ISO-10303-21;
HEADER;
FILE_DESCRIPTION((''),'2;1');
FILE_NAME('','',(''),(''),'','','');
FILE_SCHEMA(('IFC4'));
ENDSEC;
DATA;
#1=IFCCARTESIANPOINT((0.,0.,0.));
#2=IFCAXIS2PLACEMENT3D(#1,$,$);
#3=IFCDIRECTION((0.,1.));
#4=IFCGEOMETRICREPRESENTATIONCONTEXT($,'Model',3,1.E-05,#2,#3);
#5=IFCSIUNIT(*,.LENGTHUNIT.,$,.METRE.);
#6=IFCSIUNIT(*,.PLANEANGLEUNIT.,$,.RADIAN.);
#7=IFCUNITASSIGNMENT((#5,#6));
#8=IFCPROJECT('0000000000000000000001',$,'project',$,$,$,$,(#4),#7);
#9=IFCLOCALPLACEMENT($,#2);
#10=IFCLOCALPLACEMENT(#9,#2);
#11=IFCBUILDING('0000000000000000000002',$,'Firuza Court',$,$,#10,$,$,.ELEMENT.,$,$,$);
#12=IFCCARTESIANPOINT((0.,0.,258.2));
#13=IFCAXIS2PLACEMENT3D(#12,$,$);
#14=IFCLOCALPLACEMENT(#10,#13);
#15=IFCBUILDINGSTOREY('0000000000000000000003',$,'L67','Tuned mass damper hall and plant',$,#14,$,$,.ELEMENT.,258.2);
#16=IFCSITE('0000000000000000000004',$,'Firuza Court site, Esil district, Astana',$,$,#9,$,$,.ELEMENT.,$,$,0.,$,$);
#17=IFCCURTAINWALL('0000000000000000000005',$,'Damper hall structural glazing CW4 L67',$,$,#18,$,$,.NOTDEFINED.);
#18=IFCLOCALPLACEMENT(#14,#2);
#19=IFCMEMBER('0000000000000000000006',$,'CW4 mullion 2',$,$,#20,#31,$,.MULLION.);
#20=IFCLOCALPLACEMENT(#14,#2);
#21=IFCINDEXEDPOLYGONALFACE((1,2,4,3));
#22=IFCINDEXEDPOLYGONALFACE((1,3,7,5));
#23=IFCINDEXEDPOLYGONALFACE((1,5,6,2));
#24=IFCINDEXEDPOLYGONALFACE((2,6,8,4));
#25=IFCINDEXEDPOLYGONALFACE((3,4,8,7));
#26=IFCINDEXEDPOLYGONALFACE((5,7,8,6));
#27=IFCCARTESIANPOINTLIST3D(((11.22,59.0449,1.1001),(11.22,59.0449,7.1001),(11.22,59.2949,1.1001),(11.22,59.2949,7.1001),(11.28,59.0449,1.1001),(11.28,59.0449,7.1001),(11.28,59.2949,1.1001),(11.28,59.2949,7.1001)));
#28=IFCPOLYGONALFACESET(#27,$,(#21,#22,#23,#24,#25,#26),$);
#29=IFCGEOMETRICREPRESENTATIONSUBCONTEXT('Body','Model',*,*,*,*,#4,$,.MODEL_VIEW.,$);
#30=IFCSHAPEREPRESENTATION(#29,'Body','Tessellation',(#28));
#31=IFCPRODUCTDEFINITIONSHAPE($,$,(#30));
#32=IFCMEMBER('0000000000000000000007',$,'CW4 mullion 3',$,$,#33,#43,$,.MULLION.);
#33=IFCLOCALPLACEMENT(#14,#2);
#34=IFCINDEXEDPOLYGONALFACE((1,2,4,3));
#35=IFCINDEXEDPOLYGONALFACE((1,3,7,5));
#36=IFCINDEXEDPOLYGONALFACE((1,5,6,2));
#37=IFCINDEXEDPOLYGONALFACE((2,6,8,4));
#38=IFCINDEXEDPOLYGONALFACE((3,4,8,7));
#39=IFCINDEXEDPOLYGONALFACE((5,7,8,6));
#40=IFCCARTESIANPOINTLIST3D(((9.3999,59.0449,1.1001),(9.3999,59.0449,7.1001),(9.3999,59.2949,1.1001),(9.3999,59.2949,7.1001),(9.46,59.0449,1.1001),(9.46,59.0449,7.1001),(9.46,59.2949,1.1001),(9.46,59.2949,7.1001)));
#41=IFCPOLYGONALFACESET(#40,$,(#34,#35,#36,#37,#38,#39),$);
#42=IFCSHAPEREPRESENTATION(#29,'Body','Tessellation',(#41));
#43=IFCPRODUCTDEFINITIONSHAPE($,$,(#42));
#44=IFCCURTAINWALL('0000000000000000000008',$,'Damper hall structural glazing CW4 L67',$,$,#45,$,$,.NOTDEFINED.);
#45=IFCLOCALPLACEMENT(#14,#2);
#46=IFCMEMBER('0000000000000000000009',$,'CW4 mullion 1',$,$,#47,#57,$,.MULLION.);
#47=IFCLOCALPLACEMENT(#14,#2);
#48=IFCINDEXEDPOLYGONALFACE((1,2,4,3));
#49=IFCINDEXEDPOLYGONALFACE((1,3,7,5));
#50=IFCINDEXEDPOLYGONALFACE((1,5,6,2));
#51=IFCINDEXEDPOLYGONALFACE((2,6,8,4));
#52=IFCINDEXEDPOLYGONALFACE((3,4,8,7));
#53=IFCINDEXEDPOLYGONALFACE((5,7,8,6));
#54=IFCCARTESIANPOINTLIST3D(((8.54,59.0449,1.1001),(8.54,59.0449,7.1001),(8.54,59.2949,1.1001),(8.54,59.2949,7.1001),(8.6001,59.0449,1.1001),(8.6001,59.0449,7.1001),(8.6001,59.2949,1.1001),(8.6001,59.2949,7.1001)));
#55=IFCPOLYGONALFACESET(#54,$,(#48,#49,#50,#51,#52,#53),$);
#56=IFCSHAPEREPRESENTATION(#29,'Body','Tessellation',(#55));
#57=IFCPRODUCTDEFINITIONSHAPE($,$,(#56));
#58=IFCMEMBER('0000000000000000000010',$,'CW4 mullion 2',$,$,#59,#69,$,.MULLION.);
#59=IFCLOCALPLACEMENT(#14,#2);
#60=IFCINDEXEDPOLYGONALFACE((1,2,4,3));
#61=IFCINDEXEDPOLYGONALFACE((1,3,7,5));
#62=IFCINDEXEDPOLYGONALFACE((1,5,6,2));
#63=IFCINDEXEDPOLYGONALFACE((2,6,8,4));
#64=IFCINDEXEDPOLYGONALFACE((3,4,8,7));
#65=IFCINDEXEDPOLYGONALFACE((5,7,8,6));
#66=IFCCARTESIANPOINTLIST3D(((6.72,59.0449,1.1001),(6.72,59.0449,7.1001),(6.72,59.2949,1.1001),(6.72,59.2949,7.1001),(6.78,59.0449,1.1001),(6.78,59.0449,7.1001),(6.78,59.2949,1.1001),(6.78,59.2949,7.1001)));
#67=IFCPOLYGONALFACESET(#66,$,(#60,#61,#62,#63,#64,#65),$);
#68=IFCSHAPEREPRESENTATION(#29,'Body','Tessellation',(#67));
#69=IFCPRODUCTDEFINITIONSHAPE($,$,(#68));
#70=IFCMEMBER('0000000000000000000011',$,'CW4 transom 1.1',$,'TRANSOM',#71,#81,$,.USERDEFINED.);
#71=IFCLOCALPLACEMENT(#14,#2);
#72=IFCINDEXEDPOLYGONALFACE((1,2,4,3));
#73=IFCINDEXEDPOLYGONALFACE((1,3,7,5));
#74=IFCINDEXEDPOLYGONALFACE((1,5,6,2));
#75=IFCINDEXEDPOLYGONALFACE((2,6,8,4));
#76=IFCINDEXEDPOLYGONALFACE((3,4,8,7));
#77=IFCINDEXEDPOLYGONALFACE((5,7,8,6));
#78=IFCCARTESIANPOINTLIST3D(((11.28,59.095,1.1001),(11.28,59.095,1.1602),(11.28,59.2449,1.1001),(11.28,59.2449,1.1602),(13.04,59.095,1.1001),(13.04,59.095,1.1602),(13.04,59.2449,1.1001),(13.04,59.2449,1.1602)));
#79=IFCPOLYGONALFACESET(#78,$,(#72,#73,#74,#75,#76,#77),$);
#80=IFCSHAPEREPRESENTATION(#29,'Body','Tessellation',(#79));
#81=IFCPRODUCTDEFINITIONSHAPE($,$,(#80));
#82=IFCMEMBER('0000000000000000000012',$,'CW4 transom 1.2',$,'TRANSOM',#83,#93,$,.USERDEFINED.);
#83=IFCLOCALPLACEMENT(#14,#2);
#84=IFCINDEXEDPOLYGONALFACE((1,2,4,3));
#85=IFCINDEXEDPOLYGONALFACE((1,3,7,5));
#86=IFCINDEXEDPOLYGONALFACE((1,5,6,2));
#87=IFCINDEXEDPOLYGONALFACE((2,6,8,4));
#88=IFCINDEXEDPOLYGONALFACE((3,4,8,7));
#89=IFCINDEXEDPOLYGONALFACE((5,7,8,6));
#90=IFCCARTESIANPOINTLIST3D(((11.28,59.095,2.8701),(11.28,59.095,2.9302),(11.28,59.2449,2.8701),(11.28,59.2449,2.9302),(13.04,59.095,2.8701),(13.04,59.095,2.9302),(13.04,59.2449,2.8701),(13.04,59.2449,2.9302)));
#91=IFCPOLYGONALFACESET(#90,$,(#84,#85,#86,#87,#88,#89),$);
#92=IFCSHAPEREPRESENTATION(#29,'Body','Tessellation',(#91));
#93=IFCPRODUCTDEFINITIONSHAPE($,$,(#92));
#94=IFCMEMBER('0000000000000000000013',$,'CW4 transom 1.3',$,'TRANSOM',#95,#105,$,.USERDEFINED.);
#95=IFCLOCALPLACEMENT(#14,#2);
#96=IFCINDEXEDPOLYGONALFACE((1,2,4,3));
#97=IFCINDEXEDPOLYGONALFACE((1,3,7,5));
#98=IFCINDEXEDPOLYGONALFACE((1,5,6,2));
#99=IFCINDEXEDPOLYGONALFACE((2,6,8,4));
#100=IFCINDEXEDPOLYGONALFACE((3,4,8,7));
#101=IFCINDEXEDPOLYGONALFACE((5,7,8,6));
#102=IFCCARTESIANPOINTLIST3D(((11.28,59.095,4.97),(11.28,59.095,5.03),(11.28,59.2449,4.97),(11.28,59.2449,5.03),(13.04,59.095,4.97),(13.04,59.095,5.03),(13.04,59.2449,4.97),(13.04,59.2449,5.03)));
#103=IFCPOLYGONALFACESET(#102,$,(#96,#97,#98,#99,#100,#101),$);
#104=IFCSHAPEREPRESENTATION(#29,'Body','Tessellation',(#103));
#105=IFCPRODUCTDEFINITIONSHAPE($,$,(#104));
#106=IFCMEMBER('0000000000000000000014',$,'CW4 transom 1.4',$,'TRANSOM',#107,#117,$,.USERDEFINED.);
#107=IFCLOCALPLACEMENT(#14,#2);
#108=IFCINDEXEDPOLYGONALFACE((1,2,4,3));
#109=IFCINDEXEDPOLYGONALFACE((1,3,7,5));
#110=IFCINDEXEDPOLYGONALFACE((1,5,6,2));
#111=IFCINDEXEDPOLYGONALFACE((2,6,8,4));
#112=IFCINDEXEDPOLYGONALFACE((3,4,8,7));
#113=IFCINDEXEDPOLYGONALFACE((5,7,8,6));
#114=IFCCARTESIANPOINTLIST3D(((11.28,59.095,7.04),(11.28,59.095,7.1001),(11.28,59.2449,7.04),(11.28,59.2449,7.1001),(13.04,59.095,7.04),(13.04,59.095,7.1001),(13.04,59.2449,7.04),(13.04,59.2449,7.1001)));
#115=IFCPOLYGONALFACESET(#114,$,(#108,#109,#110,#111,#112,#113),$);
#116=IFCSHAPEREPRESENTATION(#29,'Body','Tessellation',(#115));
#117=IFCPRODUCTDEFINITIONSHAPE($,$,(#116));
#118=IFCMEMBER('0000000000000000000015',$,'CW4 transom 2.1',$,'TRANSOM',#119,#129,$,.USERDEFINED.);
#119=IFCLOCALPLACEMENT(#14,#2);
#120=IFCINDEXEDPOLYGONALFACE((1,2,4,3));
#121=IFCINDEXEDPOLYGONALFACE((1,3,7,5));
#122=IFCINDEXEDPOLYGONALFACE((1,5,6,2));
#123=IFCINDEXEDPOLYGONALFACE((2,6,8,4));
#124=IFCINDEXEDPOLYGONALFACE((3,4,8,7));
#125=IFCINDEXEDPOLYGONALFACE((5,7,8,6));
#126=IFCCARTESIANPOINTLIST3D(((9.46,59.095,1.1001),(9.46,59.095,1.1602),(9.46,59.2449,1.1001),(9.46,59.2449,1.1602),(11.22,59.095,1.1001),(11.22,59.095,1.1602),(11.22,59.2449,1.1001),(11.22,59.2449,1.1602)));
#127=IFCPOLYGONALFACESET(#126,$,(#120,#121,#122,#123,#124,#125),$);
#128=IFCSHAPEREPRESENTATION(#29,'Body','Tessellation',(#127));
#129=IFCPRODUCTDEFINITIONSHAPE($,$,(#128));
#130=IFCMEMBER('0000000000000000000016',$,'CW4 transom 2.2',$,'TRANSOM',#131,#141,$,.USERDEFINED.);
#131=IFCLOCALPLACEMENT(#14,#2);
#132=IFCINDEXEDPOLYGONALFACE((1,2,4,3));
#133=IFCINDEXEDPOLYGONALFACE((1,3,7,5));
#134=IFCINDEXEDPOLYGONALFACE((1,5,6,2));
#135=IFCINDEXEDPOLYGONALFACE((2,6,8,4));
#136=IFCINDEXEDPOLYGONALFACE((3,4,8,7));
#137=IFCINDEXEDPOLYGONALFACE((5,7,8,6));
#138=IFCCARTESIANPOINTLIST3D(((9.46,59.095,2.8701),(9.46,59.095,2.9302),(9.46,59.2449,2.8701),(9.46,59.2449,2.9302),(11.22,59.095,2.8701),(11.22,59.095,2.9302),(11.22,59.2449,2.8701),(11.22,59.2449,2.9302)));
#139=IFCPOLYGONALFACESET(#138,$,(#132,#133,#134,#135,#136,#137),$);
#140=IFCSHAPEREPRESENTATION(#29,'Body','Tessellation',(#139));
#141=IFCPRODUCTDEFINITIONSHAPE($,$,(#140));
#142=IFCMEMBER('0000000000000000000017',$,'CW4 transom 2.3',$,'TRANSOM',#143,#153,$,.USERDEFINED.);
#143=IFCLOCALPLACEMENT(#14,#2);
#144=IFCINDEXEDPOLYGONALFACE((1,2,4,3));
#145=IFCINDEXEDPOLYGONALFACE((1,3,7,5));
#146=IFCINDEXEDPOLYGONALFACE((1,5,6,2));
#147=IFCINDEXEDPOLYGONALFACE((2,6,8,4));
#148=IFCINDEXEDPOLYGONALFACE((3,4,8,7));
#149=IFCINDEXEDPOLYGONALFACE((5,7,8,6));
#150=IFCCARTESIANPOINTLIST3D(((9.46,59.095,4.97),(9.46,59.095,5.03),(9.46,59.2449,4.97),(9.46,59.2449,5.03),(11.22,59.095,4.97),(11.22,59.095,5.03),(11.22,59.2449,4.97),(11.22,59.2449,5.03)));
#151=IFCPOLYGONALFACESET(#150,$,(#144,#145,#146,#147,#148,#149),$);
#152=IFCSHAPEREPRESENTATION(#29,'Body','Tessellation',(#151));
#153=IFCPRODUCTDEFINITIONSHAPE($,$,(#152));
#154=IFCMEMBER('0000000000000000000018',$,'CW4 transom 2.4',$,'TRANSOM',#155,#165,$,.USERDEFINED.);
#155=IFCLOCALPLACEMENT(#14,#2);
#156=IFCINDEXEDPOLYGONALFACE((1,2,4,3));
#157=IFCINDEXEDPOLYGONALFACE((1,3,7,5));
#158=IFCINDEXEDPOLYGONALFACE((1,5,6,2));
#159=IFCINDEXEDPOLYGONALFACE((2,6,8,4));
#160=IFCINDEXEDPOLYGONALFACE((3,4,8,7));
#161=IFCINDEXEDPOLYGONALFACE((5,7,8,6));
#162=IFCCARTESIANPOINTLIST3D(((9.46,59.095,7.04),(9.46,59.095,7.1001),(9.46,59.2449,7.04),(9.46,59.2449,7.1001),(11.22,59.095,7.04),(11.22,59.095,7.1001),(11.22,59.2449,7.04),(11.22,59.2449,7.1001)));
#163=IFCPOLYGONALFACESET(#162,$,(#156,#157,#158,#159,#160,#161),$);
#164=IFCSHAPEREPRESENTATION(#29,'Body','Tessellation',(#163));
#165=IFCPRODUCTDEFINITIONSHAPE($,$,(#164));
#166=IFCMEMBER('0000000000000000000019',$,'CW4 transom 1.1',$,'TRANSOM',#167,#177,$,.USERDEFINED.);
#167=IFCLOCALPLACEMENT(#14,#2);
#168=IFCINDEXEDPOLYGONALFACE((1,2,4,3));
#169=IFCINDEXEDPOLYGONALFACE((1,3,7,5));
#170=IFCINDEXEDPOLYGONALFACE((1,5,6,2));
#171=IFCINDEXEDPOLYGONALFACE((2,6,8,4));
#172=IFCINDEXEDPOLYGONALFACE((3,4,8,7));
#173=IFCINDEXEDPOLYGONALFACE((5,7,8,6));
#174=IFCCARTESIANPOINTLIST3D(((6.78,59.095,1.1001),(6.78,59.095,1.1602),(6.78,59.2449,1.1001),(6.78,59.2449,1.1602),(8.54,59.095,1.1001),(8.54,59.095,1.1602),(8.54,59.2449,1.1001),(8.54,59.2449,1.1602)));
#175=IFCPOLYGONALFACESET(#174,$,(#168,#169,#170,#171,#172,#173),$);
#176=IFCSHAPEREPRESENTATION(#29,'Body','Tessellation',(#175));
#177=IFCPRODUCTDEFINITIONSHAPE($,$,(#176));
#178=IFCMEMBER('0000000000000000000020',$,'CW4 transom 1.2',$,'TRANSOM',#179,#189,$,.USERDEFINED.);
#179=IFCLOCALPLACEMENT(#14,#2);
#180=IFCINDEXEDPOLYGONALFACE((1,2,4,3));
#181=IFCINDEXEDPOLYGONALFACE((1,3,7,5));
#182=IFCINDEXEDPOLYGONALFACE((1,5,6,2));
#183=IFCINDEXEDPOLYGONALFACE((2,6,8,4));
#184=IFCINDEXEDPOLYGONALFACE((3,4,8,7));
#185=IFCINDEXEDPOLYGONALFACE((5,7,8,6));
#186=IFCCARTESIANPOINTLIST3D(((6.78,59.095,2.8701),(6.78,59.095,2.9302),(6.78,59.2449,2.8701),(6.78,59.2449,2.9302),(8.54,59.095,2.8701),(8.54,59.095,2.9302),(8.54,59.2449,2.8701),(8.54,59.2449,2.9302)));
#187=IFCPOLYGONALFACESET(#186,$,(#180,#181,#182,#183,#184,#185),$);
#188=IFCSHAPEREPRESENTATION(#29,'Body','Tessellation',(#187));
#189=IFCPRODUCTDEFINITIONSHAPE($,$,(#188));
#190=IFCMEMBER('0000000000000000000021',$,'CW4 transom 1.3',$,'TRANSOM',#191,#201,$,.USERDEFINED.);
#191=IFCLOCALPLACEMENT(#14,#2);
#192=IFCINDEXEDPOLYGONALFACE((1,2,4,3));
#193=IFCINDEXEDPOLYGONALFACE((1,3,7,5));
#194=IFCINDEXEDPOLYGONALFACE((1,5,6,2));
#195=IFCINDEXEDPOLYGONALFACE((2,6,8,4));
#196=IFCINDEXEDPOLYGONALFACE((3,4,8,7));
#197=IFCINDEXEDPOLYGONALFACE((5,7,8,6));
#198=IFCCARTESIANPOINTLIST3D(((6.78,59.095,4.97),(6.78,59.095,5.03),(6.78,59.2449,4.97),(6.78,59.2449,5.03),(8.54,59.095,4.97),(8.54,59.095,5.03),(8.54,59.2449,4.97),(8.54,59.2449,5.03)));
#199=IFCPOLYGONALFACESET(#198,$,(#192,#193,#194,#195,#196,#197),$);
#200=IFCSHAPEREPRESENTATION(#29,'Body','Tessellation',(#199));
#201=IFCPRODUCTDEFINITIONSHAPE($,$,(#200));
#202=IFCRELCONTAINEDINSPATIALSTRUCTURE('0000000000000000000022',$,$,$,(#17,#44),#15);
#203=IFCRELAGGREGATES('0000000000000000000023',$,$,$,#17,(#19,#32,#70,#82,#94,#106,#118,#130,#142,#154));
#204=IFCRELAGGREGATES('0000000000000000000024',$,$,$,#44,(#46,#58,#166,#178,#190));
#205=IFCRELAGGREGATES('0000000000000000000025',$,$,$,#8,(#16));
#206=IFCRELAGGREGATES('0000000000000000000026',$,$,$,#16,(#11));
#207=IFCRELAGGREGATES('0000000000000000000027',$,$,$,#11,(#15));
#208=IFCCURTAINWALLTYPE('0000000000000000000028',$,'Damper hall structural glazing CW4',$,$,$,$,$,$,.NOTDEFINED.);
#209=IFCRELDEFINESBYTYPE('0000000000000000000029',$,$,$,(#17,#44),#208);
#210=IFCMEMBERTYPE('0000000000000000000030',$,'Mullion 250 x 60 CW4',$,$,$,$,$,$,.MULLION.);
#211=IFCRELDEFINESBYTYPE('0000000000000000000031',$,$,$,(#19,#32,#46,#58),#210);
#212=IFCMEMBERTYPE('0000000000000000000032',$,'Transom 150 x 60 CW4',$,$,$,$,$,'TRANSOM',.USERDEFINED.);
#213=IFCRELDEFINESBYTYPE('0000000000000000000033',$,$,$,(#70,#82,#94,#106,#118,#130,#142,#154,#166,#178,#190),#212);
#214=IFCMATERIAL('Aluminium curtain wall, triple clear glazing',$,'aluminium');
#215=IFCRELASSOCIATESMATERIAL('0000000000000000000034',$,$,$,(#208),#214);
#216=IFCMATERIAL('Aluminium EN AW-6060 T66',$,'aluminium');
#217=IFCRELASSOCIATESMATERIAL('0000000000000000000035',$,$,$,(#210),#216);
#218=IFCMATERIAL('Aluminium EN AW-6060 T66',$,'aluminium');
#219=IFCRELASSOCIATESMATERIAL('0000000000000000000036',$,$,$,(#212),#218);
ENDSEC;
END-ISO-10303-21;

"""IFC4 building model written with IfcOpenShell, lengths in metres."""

from ifc_helpers import new_model, si_unit, direction, frame, origin, origin_2d, place, context, subcontext, project, spatial, rectangle, extrude, material, material_profile, profile_set, type_object, element, aggregate, save


model = new_model("IFC4")

# Units and contexts
model_context = context("Model", 3, precision=1e-05, world=origin(), true_north=direction((0.0, 1.0)))
body_context = subcontext(model_context, "Body", "Model", "MODEL_VIEW")
ifc_project = project(units=[si_unit("LENGTHUNIT", "METRE"), si_unit("PLANEANGLEUNIT", "RADIAN")], contexts=[model_context])

# Site, building, storey
site_placement = place(None, origin())
site = spatial("IfcSite", under=ifc_project, at=site_placement, Name="Firuza Court site, Esil district, Astana", CompositionType="ELEMENT", RefElevation=0.0)
building_placement = place(site_placement, origin())
building = spatial("IfcBuilding", under=site, at=building_placement, Name="Firuza Court", CompositionType="ELEMENT")
storey_placement = place(building_placement, frame((0.0, 0.0, 258.2)))
storey = spatial("IfcBuildingStorey", under=building, at=storey_placement, Name="L67", Description="Tuned mass damper hall and plant", CompositionType="ELEMENT", Elevation=258.2)

# Curtain walls, members
ifc_material_1 = material(Name="Aluminium curtain wall, triple clear glazing", Category="aluminium")
curtain_wall_type = type_object("IfcCurtainWallType", Name="Damper hall structural glazing CW4", PredefinedType="NOTDEFINED", material=ifc_material_1)
curtain_wall_1_placement = place(storey_placement, origin())
curtain_wall_1 = element("IfcCurtainWall", 1, at=curtain_wall_1_placement, inside=storey, type_object=curtain_wall_type, Name="Damper hall structural glazing CW4 L67", PredefinedType="NOTDEFINED")
ifc_material_2 = material(Name="Aluminium EN AW-6060 T66", Category="aluminium")
ifc_material_profile_1 = material_profile(ifc_material_2, rectangle(XDim=0.25, YDim=0.0601, at=origin_2d()), Name="Mullion 250 x 60 CW4")
ifc_profile_set_1 = profile_set([ifc_material_profile_1], Name="Aluminium EN AW-6060 T66")
member_type_1 = type_object("IfcMemberType", Name="Mullion 250 x 60 CW4", PredefinedType="MULLION", material=ifc_profile_set_1)
member_1_placement = place(storey_placement, frame((11.25, 59.1699, 1.1001), z_axis=(0.0, 0.0, 1.0), x_axis=(0.0, -1.0, 0.0)))
member_1 = element("IfcMember", 2, at=member_1_placement, type_object=member_type_1, Name="CW4 mullion 2", PredefinedType="MULLION", context=body_context, shape_type="SweptSolid", body=[
    extrude(rectangle(XDim=0.25, YDim=0.0601, at=origin_2d()), origin(), (0.0, 0.0, 1.0), 6.0),
])
member_2_placement = place(storey_placement, frame((9.4299, 59.1699, 1.1001), z_axis=(0.0, 0.0, 1.0), x_axis=(0.0, -1.0, 0.0)))
member_2 = element("IfcMember", 3, at=member_2_placement, type_object=member_type_1, Name="CW4 mullion 3", PredefinedType="MULLION", context=body_context, shape_type="SweptSolid", body=[
    extrude(rectangle(XDim=0.25, YDim=0.0601, at=origin_2d()), origin(), (0.0, 0.0, 1.0), 6.0),
])
curtain_wall_2_placement = place(storey_placement, origin())
curtain_wall_2 = element("IfcCurtainWall", 4, at=curtain_wall_2_placement, inside=storey, type_object=curtain_wall_type, Name="Damper hall structural glazing CW4 L67", PredefinedType="NOTDEFINED")
member_3_placement = place(storey_placement, frame((8.5701, 59.1699, 1.1001), z_axis=(0.0, 0.0, 1.0), x_axis=(0.0, -1.0, 0.0)))
member_3 = element("IfcMember", 5, at=member_3_placement, type_object=member_type_1, Name="CW4 mullion 1", PredefinedType="MULLION", context=body_context, shape_type="SweptSolid", body=[
    extrude(rectangle(XDim=0.25, YDim=0.0601, at=origin_2d()), origin(), (0.0, 0.0, 1.0), 6.0),
])
member_4_placement = place(storey_placement, frame((6.75, 59.1699, 1.1001), z_axis=(0.0, 0.0, 1.0), x_axis=(0.0, -1.0, 0.0)))
member_4 = element("IfcMember", 6, at=member_4_placement, type_object=member_type_1, Name="CW4 mullion 2", PredefinedType="MULLION", context=body_context, shape_type="SweptSolid", body=[
    extrude(rectangle(XDim=0.25, YDim=0.0601, at=origin_2d()), origin(), (0.0, 0.0, 1.0), 6.0),
])

# Members
ifc_material_3 = material(Name="Aluminium EN AW-6060 T66", Category="aluminium")
ifc_material_profile_2 = material_profile(ifc_material_3, rectangle(XDim=0.1499, YDim=0.0601, at=origin_2d()), Name="Transom 150 x 60 CW4")
ifc_profile_set_2 = profile_set([ifc_material_profile_2], Name="Aluminium EN AW-6060 T66")
member_type_2 = type_object("IfcMemberType", Name="Transom 150 x 60 CW4", ElementType="TRANSOM", PredefinedType="USERDEFINED", material=ifc_profile_set_2)
member_5_placement = place(storey_placement, frame((13.04, 59.1699, 1.1301), z_axis=(-1.0, 0.0, 0.0), x_axis=(0.0, -1.0, 0.0)))
member_5 = element("IfcMember", 7, at=member_5_placement, type_object=member_type_2, Name="CW4 transom 1.1", ObjectType="TRANSOM", PredefinedType="USERDEFINED", context=body_context, shape_type="SweptSolid", body=[
    extrude(rectangle(XDim=0.1499, YDim=0.0601, at=origin_2d()), origin(), (0.0, 0.0, 1.0), 1.76),
])
member_6_placement = place(storey_placement, frame((13.04, 59.1699, 2.9001), z_axis=(-1.0, 0.0, 0.0), x_axis=(0.0, -1.0, 0.0)))
member_6 = element("IfcMember", 8, at=member_6_placement, type_object=member_type_2, Name="CW4 transom 1.2", ObjectType="TRANSOM", PredefinedType="USERDEFINED", context=body_context, shape_type="SweptSolid", body=[
    extrude(rectangle(XDim=0.1499, YDim=0.0601, at=origin_2d()), origin(), (0.0, 0.0, 1.0), 1.76),
])
member_7_placement = place(storey_placement, frame((13.04, 59.1699, 5.0), z_axis=(-1.0, 0.0, 0.0), x_axis=(0.0, -1.0, 0.0)))
member_7 = element("IfcMember", 9, at=member_7_placement, type_object=member_type_2, Name="CW4 transom 1.3", ObjectType="TRANSOM", PredefinedType="USERDEFINED", context=body_context, shape_type="SweptSolid", body=[
    extrude(rectangle(XDim=0.1499, YDim=0.0601, at=origin_2d()), origin(), (0.0, 0.0, 1.0), 1.76),
])
member_8_placement = place(storey_placement, frame((13.04, 59.1699, 7.0701), z_axis=(-1.0, 0.0, 0.0), x_axis=(0.0, -1.0, 0.0)))
member_8 = element("IfcMember", 10, at=member_8_placement, type_object=member_type_2, Name="CW4 transom 1.4", ObjectType="TRANSOM", PredefinedType="USERDEFINED", context=body_context, shape_type="SweptSolid", body=[
    extrude(rectangle(XDim=0.1499, YDim=0.0601, at=origin_2d()), origin(), (0.0, 0.0, 1.0), 1.76),
])
member_9_placement = place(storey_placement, frame((11.22, 59.1699, 1.1301), z_axis=(-1.0, 0.0, 0.0), x_axis=(0.0, -1.0, 0.0)))
member_9 = element("IfcMember", 11, at=member_9_placement, type_object=member_type_2, Name="CW4 transom 2.1", ObjectType="TRANSOM", PredefinedType="USERDEFINED", context=body_context, shape_type="SweptSolid", body=[
    extrude(rectangle(XDim=0.1499, YDim=0.0601, at=origin_2d()), origin(), (0.0, 0.0, 1.0), 1.76),
])
member_10_placement = place(storey_placement, frame((11.22, 59.1699, 2.9001), z_axis=(-1.0, 0.0, 0.0), x_axis=(0.0, -1.0, 0.0)))
member_10 = element("IfcMember", 12, at=member_10_placement, type_object=member_type_2, Name="CW4 transom 2.2", ObjectType="TRANSOM", PredefinedType="USERDEFINED", context=body_context, shape_type="SweptSolid", body=[
    extrude(rectangle(XDim=0.1499, YDim=0.0601, at=origin_2d()), origin(), (0.0, 0.0, 1.0), 1.76),
])
member_11_placement = place(storey_placement, frame((11.22, 59.1699, 5.0), z_axis=(-1.0, 0.0, 0.0), x_axis=(0.0, -1.0, 0.0)))
member_11 = element("IfcMember", 13, at=member_11_placement, type_object=member_type_2, Name="CW4 transom 2.3", ObjectType="TRANSOM", PredefinedType="USERDEFINED", context=body_context, shape_type="SweptSolid", body=[
    extrude(rectangle(XDim=0.1499, YDim=0.0601, at=origin_2d()), origin(), (0.0, 0.0, 1.0), 1.76),
])
member_12_placement = place(storey_placement, frame((11.22, 59.1699, 7.0701), z_axis=(-1.0, 0.0, 0.0), x_axis=(0.0, -1.0, 0.0)))
member_12 = element("IfcMember", 14, at=member_12_placement, type_object=member_type_2, Name="CW4 transom 2.4", ObjectType="TRANSOM", PredefinedType="USERDEFINED", context=body_context, shape_type="SweptSolid", body=[
    extrude(rectangle(XDim=0.1499, YDim=0.0601, at=origin_2d()), origin(), (0.0, 0.0, 1.0), 1.76),
])
member_13_placement = place(storey_placement, frame((8.54, 59.1699, 1.1301), z_axis=(-1.0, 0.0, 0.0), x_axis=(0.0, -1.0, 0.0)))
member_13 = element("IfcMember", 15, at=member_13_placement, type_object=member_type_2, Name="CW4 transom 1.1", ObjectType="TRANSOM", PredefinedType="USERDEFINED", context=body_context, shape_type="SweptSolid", body=[
    extrude(rectangle(XDim=0.1499, YDim=0.0601, at=origin_2d()), origin(), (0.0, 0.0, 1.0), 1.76),
])
member_14_placement = place(storey_placement, frame((8.54, 59.1699, 2.9001), z_axis=(-1.0, 0.0, 0.0), x_axis=(0.0, -1.0, 0.0)))
member_14 = element("IfcMember", 16, at=member_14_placement, type_object=member_type_2, Name="CW4 transom 1.2", ObjectType="TRANSOM", PredefinedType="USERDEFINED", context=body_context, shape_type="SweptSolid", body=[
    extrude(rectangle(XDim=0.1499, YDim=0.0601, at=origin_2d()), origin(), (0.0, 0.0, 1.0), 1.76),
])
member_15_placement = place(storey_placement, frame((8.54, 59.1699, 5.0), z_axis=(-1.0, 0.0, 0.0), x_axis=(0.0, -1.0, 0.0)))
member_15 = element("IfcMember", 17, at=member_15_placement, type_object=member_type_2, Name="CW4 transom 1.3", ObjectType="TRANSOM", PredefinedType="USERDEFINED", context=body_context, shape_type="SweptSolid", body=[
    extrude(rectangle(XDim=0.1499, YDim=0.0601, at=origin_2d()), origin(), (0.0, 0.0, 1.0), 1.76),
])

aggregate(curtain_wall_1, [member_1, member_2, member_5, member_6, member_7, member_8, member_9, member_10, member_11, member_12])
aggregate(curtain_wall_2, [member_3, member_4, member_13, member_14, member_15])

save(model, "model.ifc")
